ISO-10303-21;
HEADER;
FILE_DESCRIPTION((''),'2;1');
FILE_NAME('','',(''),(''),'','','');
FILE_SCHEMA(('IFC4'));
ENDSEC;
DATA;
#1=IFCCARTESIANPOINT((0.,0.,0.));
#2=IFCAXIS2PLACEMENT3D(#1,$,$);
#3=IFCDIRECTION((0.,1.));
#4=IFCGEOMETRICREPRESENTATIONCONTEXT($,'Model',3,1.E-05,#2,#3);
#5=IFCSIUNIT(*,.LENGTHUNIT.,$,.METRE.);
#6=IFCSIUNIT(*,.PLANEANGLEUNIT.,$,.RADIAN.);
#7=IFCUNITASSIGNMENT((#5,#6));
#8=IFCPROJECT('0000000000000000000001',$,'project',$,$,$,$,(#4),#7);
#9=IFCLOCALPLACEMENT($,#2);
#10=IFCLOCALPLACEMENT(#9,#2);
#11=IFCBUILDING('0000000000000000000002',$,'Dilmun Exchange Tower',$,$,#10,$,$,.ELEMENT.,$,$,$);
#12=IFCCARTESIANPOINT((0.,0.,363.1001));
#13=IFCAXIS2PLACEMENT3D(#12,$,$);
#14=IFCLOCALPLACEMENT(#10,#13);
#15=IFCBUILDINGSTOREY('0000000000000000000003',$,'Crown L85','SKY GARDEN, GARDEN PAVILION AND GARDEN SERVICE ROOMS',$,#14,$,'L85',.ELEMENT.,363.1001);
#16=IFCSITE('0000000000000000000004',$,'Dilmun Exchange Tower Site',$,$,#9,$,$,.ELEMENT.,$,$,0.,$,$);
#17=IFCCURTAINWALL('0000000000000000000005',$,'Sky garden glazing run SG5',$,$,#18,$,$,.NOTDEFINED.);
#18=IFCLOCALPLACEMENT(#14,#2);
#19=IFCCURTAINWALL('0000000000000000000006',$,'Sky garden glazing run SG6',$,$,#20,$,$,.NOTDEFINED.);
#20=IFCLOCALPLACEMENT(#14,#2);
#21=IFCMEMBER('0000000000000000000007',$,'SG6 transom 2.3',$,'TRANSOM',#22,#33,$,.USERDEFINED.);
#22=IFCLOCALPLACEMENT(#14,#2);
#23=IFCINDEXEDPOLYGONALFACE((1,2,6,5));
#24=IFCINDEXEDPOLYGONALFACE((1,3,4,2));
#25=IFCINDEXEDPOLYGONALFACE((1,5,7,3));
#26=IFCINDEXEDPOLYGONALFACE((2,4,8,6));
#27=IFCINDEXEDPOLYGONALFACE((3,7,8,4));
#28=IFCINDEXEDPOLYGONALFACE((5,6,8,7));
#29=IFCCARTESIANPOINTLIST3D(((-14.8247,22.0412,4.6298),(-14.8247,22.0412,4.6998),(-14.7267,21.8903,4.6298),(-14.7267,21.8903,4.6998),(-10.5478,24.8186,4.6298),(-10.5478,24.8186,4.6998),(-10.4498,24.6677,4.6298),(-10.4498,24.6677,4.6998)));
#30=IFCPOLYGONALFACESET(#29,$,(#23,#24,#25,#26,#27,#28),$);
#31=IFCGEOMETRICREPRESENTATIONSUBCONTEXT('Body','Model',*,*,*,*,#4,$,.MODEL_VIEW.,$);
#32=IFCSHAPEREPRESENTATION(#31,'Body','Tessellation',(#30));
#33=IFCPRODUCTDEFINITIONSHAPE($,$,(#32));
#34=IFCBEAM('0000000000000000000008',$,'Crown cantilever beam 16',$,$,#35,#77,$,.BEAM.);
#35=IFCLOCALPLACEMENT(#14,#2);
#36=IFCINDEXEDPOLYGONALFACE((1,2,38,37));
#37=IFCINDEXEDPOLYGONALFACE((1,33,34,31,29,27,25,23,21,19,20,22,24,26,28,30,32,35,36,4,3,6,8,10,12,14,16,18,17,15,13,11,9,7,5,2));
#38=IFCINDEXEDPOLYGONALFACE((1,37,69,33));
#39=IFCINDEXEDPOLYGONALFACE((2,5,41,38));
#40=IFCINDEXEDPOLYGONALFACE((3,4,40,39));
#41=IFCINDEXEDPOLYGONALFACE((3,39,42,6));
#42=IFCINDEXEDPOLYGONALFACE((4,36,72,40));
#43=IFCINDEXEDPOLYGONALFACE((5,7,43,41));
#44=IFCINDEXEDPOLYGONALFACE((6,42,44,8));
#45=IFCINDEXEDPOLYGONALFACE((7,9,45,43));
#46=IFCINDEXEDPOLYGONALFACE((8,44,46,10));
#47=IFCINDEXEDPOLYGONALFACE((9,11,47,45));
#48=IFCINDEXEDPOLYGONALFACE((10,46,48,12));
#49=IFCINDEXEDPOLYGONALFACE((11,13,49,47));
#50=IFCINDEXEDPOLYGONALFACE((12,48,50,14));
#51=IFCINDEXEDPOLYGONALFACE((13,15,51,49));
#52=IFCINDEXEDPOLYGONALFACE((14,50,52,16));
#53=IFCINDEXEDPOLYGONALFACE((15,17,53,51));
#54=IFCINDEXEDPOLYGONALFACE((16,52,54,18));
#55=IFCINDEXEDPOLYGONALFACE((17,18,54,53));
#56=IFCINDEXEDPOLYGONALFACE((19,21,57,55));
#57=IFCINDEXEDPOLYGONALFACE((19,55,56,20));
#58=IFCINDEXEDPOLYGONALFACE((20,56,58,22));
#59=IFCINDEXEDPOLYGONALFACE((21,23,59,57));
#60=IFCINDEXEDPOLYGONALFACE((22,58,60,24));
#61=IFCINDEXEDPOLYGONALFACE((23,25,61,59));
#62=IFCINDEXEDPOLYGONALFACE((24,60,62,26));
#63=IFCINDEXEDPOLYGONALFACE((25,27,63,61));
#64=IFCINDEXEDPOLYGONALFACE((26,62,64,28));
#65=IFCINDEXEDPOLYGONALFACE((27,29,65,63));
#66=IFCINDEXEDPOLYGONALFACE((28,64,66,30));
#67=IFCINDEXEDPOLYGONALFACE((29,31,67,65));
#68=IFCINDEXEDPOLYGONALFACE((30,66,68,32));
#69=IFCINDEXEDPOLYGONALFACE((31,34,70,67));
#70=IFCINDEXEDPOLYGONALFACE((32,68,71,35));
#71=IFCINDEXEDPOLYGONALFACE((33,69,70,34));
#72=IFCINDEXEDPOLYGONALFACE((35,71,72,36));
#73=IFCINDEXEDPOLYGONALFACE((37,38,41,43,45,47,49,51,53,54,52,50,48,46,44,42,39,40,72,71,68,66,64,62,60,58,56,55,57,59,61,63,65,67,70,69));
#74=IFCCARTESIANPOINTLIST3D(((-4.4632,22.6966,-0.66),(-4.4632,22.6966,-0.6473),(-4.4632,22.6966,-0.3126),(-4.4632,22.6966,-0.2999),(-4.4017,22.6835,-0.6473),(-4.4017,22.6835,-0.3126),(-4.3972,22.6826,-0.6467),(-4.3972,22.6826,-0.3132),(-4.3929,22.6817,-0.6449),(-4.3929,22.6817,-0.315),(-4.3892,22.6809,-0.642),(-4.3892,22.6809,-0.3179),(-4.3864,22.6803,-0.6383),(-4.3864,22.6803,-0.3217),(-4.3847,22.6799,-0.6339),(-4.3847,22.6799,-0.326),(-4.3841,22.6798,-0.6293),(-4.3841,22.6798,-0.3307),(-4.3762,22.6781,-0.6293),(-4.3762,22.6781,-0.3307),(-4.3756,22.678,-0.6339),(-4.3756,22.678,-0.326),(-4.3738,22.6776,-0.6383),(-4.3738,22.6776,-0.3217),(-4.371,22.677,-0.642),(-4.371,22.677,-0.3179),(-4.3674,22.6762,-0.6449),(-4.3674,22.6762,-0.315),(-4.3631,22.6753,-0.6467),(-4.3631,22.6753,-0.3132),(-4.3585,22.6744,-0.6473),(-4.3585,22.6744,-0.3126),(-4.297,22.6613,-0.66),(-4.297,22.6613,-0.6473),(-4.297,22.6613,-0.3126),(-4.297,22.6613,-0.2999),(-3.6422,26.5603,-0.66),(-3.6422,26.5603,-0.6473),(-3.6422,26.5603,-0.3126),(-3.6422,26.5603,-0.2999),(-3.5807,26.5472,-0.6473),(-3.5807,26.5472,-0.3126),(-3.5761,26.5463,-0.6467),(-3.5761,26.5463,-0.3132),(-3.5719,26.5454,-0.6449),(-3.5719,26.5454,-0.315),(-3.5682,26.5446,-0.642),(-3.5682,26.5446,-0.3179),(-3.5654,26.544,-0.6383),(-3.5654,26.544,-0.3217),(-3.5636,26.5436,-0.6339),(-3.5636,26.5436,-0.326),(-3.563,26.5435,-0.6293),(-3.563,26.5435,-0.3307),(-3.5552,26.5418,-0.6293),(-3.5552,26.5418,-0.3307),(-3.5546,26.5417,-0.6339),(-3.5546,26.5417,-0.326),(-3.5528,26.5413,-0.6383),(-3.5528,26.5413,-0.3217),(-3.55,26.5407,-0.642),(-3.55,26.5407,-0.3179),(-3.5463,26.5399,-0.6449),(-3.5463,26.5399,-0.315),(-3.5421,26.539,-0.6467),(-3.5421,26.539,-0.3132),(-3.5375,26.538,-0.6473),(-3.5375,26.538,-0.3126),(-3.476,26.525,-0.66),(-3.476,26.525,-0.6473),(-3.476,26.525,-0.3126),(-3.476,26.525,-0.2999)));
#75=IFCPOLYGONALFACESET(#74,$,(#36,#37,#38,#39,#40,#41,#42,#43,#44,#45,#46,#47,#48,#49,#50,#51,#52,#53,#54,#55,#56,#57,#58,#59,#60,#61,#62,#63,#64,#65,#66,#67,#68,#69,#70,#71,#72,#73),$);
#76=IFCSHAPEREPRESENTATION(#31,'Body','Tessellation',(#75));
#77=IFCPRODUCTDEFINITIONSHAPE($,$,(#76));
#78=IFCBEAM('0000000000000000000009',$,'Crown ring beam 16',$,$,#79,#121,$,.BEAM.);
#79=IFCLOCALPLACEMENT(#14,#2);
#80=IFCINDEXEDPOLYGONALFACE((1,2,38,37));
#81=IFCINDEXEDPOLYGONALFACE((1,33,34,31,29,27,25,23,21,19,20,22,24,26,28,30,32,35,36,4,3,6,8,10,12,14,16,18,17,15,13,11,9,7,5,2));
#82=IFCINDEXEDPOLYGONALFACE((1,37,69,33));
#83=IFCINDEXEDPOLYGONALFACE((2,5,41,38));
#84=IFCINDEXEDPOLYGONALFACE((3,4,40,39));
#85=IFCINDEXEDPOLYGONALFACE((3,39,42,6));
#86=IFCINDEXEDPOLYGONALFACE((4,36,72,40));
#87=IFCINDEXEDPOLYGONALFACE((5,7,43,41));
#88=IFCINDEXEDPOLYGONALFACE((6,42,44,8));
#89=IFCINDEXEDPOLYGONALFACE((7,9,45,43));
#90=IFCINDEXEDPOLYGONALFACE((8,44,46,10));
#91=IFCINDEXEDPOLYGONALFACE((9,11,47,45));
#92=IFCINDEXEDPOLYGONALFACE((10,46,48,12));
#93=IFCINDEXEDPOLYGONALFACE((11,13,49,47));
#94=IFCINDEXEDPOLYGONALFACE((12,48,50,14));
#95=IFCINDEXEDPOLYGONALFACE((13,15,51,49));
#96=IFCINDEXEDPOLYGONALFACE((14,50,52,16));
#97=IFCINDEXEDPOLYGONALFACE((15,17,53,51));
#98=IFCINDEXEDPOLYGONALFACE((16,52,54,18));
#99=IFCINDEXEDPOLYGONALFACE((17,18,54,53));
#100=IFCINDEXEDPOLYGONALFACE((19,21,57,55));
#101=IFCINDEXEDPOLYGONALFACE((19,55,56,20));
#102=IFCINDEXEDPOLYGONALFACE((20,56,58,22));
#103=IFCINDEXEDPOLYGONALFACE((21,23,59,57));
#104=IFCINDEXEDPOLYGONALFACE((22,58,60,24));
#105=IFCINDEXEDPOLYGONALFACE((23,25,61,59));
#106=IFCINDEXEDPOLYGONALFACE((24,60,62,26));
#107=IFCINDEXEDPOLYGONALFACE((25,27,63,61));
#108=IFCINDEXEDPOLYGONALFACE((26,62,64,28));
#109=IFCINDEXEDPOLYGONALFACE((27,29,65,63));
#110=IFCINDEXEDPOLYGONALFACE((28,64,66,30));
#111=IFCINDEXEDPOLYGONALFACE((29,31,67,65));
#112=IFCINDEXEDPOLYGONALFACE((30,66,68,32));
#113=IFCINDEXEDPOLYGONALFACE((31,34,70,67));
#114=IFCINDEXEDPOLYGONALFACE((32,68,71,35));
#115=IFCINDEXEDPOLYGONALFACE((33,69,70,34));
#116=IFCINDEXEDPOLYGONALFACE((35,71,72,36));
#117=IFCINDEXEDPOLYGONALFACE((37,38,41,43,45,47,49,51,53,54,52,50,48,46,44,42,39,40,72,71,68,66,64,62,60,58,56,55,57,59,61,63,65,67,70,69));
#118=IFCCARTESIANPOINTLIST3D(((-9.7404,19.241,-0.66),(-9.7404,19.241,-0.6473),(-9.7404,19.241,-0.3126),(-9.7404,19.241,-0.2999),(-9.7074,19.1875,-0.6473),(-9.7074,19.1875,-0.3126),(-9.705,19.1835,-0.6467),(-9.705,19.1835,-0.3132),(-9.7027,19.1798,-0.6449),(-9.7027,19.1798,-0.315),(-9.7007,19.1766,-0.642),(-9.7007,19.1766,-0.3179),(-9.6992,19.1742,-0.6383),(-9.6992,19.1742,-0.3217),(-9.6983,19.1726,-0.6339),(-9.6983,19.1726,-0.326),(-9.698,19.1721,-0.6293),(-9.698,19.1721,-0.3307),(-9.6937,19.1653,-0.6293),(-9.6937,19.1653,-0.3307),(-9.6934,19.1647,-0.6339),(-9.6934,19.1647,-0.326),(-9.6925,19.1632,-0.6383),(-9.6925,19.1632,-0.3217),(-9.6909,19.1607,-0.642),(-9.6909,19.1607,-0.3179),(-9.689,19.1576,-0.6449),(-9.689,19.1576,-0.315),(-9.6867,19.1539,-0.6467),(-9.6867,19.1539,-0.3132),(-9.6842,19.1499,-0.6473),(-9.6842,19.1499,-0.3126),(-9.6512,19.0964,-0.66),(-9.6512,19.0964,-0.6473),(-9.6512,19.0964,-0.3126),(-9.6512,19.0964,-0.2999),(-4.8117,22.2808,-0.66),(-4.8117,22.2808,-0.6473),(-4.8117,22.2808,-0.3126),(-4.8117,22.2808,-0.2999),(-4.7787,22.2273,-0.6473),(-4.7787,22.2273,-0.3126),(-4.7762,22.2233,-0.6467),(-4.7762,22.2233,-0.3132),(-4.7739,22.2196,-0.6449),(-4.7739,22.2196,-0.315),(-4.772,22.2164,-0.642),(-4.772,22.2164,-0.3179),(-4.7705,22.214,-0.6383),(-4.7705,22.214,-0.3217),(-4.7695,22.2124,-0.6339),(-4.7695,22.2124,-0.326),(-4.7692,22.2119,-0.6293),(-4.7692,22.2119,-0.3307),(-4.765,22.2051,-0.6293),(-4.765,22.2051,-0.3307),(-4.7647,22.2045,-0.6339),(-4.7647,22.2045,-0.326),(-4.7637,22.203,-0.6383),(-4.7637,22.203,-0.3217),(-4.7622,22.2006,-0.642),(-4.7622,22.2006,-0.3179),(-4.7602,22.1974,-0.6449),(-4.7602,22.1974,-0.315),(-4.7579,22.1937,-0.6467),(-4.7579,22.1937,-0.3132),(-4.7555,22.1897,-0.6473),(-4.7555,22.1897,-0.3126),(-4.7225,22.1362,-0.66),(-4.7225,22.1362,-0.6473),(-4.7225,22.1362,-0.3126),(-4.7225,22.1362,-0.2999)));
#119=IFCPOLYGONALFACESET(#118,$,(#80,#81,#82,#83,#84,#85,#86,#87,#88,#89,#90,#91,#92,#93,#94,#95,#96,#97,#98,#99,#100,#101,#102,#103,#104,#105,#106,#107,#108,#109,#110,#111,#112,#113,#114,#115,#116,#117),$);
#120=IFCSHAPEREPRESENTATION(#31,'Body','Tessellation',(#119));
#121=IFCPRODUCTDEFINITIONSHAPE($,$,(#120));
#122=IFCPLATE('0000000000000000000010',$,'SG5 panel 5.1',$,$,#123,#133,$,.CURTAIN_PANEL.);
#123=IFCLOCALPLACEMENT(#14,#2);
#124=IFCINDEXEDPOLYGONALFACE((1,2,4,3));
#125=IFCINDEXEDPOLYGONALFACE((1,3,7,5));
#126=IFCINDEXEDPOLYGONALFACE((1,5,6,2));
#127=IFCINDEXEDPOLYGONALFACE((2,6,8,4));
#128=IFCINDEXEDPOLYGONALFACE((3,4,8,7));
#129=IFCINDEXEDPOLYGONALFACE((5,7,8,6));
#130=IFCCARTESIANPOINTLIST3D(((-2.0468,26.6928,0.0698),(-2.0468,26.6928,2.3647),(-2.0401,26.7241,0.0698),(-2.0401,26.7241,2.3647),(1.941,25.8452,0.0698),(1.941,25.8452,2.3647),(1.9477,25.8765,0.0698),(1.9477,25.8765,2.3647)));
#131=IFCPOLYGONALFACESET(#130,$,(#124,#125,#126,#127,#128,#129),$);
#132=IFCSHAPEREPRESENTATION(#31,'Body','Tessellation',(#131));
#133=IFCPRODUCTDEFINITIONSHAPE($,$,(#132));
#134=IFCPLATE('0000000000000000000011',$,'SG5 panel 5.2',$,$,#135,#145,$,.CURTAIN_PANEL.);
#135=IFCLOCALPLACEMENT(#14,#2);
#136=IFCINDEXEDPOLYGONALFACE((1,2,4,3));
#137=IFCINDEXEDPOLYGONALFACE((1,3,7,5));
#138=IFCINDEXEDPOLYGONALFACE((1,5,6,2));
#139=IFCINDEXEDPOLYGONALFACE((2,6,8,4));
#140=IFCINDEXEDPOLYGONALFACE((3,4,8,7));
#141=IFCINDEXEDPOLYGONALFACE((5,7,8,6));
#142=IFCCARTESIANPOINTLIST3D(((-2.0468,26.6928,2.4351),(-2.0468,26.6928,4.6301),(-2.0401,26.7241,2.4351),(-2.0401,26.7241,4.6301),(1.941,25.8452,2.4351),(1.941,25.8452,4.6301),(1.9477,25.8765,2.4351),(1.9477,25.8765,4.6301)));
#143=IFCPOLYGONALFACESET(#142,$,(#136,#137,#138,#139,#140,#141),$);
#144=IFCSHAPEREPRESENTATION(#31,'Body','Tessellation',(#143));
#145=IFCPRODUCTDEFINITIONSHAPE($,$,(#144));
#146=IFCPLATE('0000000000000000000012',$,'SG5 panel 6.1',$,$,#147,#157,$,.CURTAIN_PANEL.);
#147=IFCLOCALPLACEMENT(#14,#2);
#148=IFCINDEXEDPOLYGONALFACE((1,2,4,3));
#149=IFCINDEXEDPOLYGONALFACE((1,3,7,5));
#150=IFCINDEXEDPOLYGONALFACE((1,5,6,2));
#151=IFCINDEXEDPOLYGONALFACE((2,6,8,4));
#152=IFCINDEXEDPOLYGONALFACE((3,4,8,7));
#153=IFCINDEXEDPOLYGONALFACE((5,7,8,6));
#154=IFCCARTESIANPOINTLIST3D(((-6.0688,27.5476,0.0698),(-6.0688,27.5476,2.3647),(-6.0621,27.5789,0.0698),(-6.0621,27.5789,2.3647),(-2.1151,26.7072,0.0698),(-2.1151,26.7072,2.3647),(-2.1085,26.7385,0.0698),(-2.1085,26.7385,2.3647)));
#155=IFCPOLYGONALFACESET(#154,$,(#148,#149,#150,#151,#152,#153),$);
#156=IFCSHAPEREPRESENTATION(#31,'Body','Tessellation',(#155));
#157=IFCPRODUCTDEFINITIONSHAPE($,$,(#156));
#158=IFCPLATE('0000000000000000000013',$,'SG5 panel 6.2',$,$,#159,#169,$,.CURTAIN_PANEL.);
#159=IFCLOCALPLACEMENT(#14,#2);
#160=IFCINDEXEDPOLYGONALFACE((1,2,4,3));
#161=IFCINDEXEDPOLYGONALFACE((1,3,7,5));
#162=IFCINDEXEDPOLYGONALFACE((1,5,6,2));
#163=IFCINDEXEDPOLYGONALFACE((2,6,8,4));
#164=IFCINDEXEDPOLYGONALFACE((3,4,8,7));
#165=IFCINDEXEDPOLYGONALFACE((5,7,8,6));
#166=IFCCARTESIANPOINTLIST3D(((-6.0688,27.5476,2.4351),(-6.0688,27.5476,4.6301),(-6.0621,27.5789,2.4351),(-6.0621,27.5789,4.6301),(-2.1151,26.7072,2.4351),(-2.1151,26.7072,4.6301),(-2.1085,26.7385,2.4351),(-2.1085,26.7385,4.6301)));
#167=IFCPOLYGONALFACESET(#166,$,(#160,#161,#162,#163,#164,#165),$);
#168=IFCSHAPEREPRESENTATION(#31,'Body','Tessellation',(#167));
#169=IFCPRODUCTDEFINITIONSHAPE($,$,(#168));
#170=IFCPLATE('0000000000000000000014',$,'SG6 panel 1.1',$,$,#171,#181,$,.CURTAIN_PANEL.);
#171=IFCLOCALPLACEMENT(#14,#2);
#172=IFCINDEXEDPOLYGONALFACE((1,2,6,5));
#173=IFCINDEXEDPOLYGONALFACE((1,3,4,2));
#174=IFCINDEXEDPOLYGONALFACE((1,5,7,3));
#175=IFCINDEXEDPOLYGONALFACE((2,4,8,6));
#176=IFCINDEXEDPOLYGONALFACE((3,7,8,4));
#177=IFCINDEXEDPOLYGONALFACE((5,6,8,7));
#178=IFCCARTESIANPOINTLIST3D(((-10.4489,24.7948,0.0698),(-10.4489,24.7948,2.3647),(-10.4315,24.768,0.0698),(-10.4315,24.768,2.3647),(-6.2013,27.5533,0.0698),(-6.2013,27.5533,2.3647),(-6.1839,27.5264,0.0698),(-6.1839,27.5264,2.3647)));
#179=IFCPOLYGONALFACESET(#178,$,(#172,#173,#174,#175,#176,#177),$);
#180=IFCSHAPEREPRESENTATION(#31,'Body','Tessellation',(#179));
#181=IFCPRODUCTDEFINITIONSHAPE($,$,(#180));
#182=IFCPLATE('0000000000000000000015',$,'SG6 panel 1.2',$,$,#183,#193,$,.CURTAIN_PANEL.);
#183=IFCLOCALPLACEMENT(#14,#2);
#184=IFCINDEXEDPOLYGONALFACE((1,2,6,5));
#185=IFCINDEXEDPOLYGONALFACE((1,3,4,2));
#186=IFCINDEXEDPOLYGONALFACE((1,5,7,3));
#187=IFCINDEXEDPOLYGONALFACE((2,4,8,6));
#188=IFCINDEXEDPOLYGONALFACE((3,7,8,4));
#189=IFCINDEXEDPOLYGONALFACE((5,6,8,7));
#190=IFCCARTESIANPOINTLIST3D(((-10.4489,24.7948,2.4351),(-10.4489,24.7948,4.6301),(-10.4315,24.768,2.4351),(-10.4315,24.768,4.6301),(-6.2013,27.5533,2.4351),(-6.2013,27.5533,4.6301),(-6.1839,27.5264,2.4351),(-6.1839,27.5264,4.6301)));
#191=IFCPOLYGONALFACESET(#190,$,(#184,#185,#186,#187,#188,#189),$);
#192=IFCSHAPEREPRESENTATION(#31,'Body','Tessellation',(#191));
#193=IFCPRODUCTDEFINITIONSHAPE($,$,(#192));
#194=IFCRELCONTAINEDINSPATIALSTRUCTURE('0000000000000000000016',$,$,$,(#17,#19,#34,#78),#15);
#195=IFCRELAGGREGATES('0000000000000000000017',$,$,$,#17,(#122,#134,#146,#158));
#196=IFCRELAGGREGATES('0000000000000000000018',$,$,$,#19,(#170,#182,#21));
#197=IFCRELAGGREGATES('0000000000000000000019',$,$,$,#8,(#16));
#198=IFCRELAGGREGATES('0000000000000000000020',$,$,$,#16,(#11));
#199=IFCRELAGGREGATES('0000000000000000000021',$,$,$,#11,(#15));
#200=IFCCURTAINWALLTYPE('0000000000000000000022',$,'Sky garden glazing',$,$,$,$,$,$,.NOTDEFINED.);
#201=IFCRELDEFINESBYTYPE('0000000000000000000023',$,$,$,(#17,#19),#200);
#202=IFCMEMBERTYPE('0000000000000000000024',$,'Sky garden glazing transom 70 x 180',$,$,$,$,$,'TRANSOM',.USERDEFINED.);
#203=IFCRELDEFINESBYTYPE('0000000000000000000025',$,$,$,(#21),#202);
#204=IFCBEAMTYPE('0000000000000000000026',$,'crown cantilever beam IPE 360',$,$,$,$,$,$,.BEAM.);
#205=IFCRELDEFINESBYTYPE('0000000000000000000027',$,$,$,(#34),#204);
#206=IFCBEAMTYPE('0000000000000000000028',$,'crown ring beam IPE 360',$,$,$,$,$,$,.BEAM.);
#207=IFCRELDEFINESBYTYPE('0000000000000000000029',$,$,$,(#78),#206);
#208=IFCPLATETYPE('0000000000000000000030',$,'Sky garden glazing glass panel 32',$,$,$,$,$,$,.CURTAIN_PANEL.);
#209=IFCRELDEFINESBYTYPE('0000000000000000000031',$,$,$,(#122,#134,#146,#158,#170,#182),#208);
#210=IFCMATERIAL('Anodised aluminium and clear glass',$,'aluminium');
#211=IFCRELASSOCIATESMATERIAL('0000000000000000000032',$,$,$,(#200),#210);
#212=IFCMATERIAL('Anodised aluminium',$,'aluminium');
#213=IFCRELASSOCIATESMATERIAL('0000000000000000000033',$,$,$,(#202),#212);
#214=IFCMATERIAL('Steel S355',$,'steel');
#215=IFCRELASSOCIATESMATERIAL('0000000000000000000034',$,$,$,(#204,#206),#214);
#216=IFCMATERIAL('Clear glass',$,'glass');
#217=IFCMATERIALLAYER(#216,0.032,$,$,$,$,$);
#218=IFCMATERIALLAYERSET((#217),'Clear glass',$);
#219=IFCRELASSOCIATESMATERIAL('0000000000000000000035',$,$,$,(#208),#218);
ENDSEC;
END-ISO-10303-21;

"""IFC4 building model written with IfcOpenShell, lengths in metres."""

from ifc_helpers import new_model, si_unit, direction, frame, origin, origin_2d, place, context, subcontext, project, spatial, rectangle, i_section, extrude, material, layer, layer_set, material_profile, profile_set, type_object, element, aggregate, save


model = new_model("IFC4")

# Units and contexts
model_context = context("Model", 3, precision=1e-05, world=origin(), true_north=direction((0.0, 1.0)))
body_context = subcontext(model_context, "Body", "Model", "MODEL_VIEW")
ifc_project = project(units=[si_unit("LENGTHUNIT", "METRE"), si_unit("PLANEANGLEUNIT", "RADIAN")], contexts=[model_context])

# Site, building, storey
site_placement = place(None, origin())
site = spatial("IfcSite", under=ifc_project, at=site_placement, Name="Dilmun Exchange Tower Site", CompositionType="ELEMENT", RefElevation=0.0)
building_placement = place(site_placement, origin())
building = spatial("IfcBuilding", under=site, at=building_placement, Name="Dilmun Exchange Tower", CompositionType="ELEMENT")
storey_placement = place(building_placement, frame((0.0, 0.0, 363.1001)))
storey = spatial("IfcBuildingStorey", under=building, at=storey_placement, Name="Crown L85", Description="SKY GARDEN, GARDEN PAVILION AND GARDEN SERVICE ROOMS", LongName="L85", CompositionType="ELEMENT", Elevation=363.1001)

# Curtain walls
ifc_material_1 = material(Name="Anodised aluminium and clear glass", Category="aluminium")
curtain_wall_type = type_object("IfcCurtainWallType", Name="Sky garden glazing", PredefinedType="NOTDEFINED", material=ifc_material_1)
curtain_wall_1_placement = place(storey_placement, origin())
curtain_wall_1 = element("IfcCurtainWall", 1, at=curtain_wall_1_placement, inside=storey, type_object=curtain_wall_type, Name="Sky garden glazing run SG5", PredefinedType="NOTDEFINED")
ifc_material_2 = material(Name="Anodised aluminium", Category="aluminium")
curtain_wall_2_placement = place(storey_placement, origin())
curtain_wall_2 = element("IfcCurtainWall", 2, at=curtain_wall_2_placement, inside=storey, type_object=curtain_wall_type, Name="Sky garden glazing run SG6", PredefinedType="NOTDEFINED")

# Member
ifc_material_profile_1 = material_profile(ifc_material_2, rectangle(XDim=0.1799, YDim=0.0701, at=origin_2d()), Name="AL 70x180")
ifc_profile_set_1 = profile_set([ifc_material_profile_1], Name="Anodised aluminium")
member_type_1 = type_object("IfcMemberType", Name="Sky garden glazing transom 70 x 180", ElementType="TRANSOM", PredefinedType="USERDEFINED", material=ifc_profile_set_1)
member_1_placement = place(storey_placement, frame((-10.4988, 24.7432, 4.6648), z_axis=(-0.838678, -0.544628, 0.0), x_axis=(0.544628, -0.838678, 0.0)))
member_1 = element("IfcMember", 3, at=member_1_placement, type_object=member_type_1, Name="SG6 transom 2.3", ObjectType="TRANSOM", PredefinedType="USERDEFINED", context=body_context, shape_type="SweptSolid", body=[
    extrude(rectangle(XDim=0.1799, YDim=0.0701, at=origin_2d()), origin(), (0.0, 0.0, 1.0), 5.0996),
])

# Beams
ifc_material_3 = material(Name="Steel S355", Category="steel")
ifc_material_profile_2 = material_profile(ifc_material_3, i_section(OverallWidth=0.1699, OverallDepth=0.3601, WebThickness=0.0081, FlangeThickness=0.0127, FilletRadius=0.0181, at=origin_2d()), Name="IPE 360")
ifc_profile_set_2 = profile_set([ifc_material_profile_2], Name="Steel S355")
beam_type_1 = type_object("IfcBeamType", Name="crown cantilever beam IPE 360", PredefinedType="BEAM", material=ifc_profile_set_2)
beam_1_placement = place(storey_placement, frame((-4.3801, 22.679, -0.48), z_axis=(0.207857, 0.978159, 0.0), x_axis=(-0.978159, 0.207857, 0.0)))
element("IfcBeam", 4, at=beam_1_placement, inside=storey, type_object=beam_type_1, Name="Crown cantilever beam 16", PredefinedType="BEAM", context=body_context, shape_type="SweptSolid", body=[
    extrude(i_section(OverallWidth=0.1699, OverallDepth=0.3601, WebThickness=0.0081, FlangeThickness=0.0127, FilletRadius=0.0181, at=origin_2d()), origin(), (0.0, 0.0, 1.0), 3.95),
])
ifc_material_profile_3 = material_profile(ifc_material_3, i_section(OverallWidth=0.1699, OverallDepth=0.3601, WebThickness=0.0081, FlangeThickness=0.0127, FilletRadius=0.0181, at=origin_2d()), Name="IPE 360")
ifc_profile_set_3 = profile_set([ifc_material_profile_3], Name="Steel S355")
beam_type_2 = type_object("IfcBeamType", Name="crown ring beam IPE 360", PredefinedType="BEAM", material=ifc_profile_set_3)
beam_2_placement = place(storey_placement, frame((-4.7671, 22.2085, -0.48), z_axis=(-0.851138, -0.524942, 0.0), x_axis=(0.524942, -0.851138, 0.0)))
element("IfcBeam", 5, at=beam_2_placement, inside=storey, type_object=beam_type_2, Name="Crown ring beam 16", PredefinedType="BEAM", context=body_context, shape_type="SweptSolid", body=[
    extrude(i_section(OverallWidth=0.1699, OverallDepth=0.3601, WebThickness=0.0081, FlangeThickness=0.0127, FilletRadius=0.0181, at=origin_2d()), origin(), (0.0, 0.0, 1.0), 5.7908),
])

# Plates
ifc_material_4 = material(Name="Clear glass", Category="glass")
ifc_layer = layer(ifc_material_4, 0.032)
ifc_layer_set = layer_set([ifc_layer], Name="Clear glass")
plate_type = type_object("IfcPlateType", Name="Sky garden glazing glass panel 32", PredefinedType="CURTAIN_PANEL", material=ifc_layer_set)
plate_1_placement = place(storey_placement, frame((-0.0496, 26.2847, 0.0698), z_axis=(0.0, 0.0, 1.0), x_axis=(-0.978148, 0.20791, 0.0)))
plate_1 = element("IfcPlate", 6, at=plate_1_placement, type_object=plate_type, Name="SG5 panel 5.1", PredefinedType="CURTAIN_PANEL", context=body_context, shape_type="SweptSolid", body=[
    extrude(rectangle(XDim=4.0769, YDim=0.032, at=origin_2d()), origin(), (0.0, 0.0, 1.0), 2.2949),
])
plate_2_placement = place(storey_placement, frame((-0.0496, 26.2847, 2.4351), z_axis=(0.0, 0.0, 1.0), x_axis=(-0.978148, 0.20791, 0.0)))
plate_2 = element("IfcPlate", 7, at=plate_2_placement, type_object=plate_type, Name="SG5 panel 5.2", PredefinedType="CURTAIN_PANEL", context=body_context, shape_type="SweptSolid", body=[
    extrude(rectangle(XDim=4.0769, YDim=0.032, at=origin_2d()), origin(), (0.0, 0.0, 1.0), 2.1951),
])
plate_3_placement = place(storey_placement, frame((-4.0886, 27.1431, 0.0698), z_axis=(0.0, 0.0, 1.0), x_axis=(-0.978148, 0.20791, 0.0)))
plate_3 = element("IfcPlate", 8, at=plate_3_placement, type_object=plate_type, Name="SG5 panel 6.1", PredefinedType="CURTAIN_PANEL", context=body_context, shape_type="SweptSolid", body=[
    extrude(rectangle(XDim=4.042, YDim=0.032, at=origin_2d()), origin(), (0.0, 0.0, 1.0), 2.2949),
])
plate_4_placement = place(storey_placement, frame((-4.0886, 27.1431, 2.4351), z_axis=(0.0, 0.0, 1.0), x_axis=(-0.978148, 0.20791, 0.0)))
plate_4 = element("IfcPlate", 9, at=plate_4_placement, type_object=plate_type, Name="SG5 panel 6.2", PredefinedType="CURTAIN_PANEL", context=body_context, shape_type="SweptSolid", body=[
    extrude(rectangle(XDim=4.042, YDim=0.032, at=origin_2d()), origin(), (0.0, 0.0, 1.0), 2.1951),
])
aggregate(curtain_wall_1, [plate_1, plate_2, plate_3, plate_4])
plate_5_placement = place(storey_placement, frame((-8.3164, 26.1606, 0.0698), z_axis=(0.0, 0.0, 1.0), x_axis=(-0.838671, -0.544638, 0.0)))
plate_5 = element("IfcPlate", 10, at=plate_5_placement, type_object=plate_type, Name="SG6 panel 1.1", PredefinedType="CURTAIN_PANEL", context=body_context, shape_type="SweptSolid", body=[
    extrude(rectangle(XDim=5.0647, YDim=0.032, at=origin_2d()), origin(), (0.0, 0.0, 1.0), 2.2949),
])
plate_6_placement = place(storey_placement, frame((-8.3164, 26.1606, 2.4351), z_axis=(0.0, 0.0, 1.0), x_axis=(-0.838671, -0.544638, 0.0)))
plate_6 = element("IfcPlate", 11, at=plate_6_placement, type_object=plate_type, Name="SG6 panel 1.2", PredefinedType="CURTAIN_PANEL", context=body_context, shape_type="SweptSolid", body=[
    extrude(rectangle(XDim=5.0647, YDim=0.032, at=origin_2d()), origin(), (0.0, 0.0, 1.0), 2.1951),
])
aggregate(curtain_wall_2, [plate_5, plate_6, member_1])

save(model, "model.ifc")
